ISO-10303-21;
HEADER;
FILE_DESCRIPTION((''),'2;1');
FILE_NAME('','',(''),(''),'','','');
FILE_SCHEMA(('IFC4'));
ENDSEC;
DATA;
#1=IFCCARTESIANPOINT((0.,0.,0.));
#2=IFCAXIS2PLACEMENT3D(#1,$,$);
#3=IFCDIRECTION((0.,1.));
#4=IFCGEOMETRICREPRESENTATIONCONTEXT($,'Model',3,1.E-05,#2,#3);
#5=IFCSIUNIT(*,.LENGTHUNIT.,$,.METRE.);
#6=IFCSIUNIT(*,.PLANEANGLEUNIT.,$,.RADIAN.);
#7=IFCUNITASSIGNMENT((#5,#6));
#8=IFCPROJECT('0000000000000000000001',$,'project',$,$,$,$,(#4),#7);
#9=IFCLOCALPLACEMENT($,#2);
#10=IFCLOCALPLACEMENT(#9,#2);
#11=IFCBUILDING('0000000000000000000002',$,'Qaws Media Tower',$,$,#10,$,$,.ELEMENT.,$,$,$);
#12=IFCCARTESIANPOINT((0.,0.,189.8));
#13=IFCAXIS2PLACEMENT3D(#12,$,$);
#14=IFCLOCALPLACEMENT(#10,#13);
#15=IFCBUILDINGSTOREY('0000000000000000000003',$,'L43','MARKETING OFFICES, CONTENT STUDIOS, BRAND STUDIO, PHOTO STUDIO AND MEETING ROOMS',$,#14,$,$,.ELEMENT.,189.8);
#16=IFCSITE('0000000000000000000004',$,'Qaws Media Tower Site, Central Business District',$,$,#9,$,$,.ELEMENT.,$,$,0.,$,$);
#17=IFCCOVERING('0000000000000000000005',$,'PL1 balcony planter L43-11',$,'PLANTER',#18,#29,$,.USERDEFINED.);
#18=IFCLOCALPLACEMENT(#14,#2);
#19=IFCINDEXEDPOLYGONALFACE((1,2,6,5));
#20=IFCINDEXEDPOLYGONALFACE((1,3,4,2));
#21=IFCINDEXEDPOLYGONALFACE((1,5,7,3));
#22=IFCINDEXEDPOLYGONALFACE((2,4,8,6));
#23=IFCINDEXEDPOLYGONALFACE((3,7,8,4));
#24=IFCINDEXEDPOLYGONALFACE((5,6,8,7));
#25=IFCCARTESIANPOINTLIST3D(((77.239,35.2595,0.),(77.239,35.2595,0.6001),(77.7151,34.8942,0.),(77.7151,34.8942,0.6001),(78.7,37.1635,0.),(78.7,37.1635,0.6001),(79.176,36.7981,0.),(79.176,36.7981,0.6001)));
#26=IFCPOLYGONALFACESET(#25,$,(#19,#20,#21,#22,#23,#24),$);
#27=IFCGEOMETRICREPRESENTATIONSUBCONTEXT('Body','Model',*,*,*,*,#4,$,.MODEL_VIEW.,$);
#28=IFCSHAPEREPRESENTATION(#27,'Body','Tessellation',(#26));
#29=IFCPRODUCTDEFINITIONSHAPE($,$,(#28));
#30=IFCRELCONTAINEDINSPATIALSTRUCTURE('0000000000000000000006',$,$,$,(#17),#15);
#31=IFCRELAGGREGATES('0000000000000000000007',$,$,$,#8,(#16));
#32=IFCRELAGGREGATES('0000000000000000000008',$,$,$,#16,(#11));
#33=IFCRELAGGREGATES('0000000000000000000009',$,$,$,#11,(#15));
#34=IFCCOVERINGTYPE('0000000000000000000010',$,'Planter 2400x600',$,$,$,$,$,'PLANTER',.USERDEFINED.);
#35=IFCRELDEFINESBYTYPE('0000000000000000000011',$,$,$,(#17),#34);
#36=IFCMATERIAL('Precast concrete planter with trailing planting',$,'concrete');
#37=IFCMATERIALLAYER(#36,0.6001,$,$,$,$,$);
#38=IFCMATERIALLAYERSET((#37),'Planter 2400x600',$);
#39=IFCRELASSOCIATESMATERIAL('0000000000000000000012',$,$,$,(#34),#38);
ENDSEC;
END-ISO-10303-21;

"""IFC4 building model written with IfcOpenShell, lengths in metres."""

from ifc_helpers import new_model, si_unit, direction, frame, origin, origin_2d, place, context, subcontext, project, spatial, rectangle, extrude, material, layer, layer_set, type_object, element, save


model = new_model("IFC4")

# Units and contexts
model_context = context("Model", 3, precision=1e-05, world=origin(), true_north=direction((0.0, 1.0)))
body_context = subcontext(model_context, "Body", "Model", "MODEL_VIEW")
ifc_project = project(units=[si_unit("LENGTHUNIT", "METRE"), si_unit("PLANEANGLEUNIT", "RADIAN")], contexts=[model_context])

# Site, building, storey
site_placement = place(None, origin())
site = spatial("IfcSite", under=ifc_project, at=site_placement, Name="Qaws Media Tower Site, Central Business District", CompositionType="ELEMENT", RefElevation=0.0)
building_placement = place(site_placement, origin())
building = spatial("IfcBuilding", under=site, at=building_placement, Name="Qaws Media Tower", CompositionType="ELEMENT")
storey_placement = place(building_placement, frame((0.0, 0.0, 189.8)))
storey = spatial("IfcBuildingStorey", under=building, at=storey_placement, Name="L43", Description="MARKETING OFFICES, CONTENT STUDIOS, BRAND STUDIO, PHOTO STUDIO AND MEETING ROOMS", CompositionType="ELEMENT", Elevation=189.8)

# Covering
ifc_material_1 = material(Name="Precast concrete planter with trailing planting", Category="concrete")
ifc_layer_1 = layer(ifc_material_1, 0.6001)
ifc_layer_set_1 = layer_set([ifc_layer_1], Name="Planter 2400x600")
covering_type = type_object("IfcCoveringType", Name="Planter 2400x600", ElementType="PLANTER", PredefinedType="USERDEFINED", material=ifc_layer_set_1)
covering_placement = place(storey_placement, frame((78.2075, 36.0288, 0.0), z_axis=(0.0, 0.0, 1.0), x_axis=(0.608761, 0.793353, 0.0)))
element("IfcCovering", 1, at=covering_placement, inside=storey, type_object=covering_type, Name="PL1 balcony planter L43-11", ObjectType="PLANTER", PredefinedType="USERDEFINED", context=body_context, shape_type="SweptSolid", body=[
    extrude(rectangle(XDim=2.3999, YDim=0.6001, at=origin_2d()), origin(), (0.0, 0.0, 1.0), 0.6001),
])

save(model, "model.ifc")
